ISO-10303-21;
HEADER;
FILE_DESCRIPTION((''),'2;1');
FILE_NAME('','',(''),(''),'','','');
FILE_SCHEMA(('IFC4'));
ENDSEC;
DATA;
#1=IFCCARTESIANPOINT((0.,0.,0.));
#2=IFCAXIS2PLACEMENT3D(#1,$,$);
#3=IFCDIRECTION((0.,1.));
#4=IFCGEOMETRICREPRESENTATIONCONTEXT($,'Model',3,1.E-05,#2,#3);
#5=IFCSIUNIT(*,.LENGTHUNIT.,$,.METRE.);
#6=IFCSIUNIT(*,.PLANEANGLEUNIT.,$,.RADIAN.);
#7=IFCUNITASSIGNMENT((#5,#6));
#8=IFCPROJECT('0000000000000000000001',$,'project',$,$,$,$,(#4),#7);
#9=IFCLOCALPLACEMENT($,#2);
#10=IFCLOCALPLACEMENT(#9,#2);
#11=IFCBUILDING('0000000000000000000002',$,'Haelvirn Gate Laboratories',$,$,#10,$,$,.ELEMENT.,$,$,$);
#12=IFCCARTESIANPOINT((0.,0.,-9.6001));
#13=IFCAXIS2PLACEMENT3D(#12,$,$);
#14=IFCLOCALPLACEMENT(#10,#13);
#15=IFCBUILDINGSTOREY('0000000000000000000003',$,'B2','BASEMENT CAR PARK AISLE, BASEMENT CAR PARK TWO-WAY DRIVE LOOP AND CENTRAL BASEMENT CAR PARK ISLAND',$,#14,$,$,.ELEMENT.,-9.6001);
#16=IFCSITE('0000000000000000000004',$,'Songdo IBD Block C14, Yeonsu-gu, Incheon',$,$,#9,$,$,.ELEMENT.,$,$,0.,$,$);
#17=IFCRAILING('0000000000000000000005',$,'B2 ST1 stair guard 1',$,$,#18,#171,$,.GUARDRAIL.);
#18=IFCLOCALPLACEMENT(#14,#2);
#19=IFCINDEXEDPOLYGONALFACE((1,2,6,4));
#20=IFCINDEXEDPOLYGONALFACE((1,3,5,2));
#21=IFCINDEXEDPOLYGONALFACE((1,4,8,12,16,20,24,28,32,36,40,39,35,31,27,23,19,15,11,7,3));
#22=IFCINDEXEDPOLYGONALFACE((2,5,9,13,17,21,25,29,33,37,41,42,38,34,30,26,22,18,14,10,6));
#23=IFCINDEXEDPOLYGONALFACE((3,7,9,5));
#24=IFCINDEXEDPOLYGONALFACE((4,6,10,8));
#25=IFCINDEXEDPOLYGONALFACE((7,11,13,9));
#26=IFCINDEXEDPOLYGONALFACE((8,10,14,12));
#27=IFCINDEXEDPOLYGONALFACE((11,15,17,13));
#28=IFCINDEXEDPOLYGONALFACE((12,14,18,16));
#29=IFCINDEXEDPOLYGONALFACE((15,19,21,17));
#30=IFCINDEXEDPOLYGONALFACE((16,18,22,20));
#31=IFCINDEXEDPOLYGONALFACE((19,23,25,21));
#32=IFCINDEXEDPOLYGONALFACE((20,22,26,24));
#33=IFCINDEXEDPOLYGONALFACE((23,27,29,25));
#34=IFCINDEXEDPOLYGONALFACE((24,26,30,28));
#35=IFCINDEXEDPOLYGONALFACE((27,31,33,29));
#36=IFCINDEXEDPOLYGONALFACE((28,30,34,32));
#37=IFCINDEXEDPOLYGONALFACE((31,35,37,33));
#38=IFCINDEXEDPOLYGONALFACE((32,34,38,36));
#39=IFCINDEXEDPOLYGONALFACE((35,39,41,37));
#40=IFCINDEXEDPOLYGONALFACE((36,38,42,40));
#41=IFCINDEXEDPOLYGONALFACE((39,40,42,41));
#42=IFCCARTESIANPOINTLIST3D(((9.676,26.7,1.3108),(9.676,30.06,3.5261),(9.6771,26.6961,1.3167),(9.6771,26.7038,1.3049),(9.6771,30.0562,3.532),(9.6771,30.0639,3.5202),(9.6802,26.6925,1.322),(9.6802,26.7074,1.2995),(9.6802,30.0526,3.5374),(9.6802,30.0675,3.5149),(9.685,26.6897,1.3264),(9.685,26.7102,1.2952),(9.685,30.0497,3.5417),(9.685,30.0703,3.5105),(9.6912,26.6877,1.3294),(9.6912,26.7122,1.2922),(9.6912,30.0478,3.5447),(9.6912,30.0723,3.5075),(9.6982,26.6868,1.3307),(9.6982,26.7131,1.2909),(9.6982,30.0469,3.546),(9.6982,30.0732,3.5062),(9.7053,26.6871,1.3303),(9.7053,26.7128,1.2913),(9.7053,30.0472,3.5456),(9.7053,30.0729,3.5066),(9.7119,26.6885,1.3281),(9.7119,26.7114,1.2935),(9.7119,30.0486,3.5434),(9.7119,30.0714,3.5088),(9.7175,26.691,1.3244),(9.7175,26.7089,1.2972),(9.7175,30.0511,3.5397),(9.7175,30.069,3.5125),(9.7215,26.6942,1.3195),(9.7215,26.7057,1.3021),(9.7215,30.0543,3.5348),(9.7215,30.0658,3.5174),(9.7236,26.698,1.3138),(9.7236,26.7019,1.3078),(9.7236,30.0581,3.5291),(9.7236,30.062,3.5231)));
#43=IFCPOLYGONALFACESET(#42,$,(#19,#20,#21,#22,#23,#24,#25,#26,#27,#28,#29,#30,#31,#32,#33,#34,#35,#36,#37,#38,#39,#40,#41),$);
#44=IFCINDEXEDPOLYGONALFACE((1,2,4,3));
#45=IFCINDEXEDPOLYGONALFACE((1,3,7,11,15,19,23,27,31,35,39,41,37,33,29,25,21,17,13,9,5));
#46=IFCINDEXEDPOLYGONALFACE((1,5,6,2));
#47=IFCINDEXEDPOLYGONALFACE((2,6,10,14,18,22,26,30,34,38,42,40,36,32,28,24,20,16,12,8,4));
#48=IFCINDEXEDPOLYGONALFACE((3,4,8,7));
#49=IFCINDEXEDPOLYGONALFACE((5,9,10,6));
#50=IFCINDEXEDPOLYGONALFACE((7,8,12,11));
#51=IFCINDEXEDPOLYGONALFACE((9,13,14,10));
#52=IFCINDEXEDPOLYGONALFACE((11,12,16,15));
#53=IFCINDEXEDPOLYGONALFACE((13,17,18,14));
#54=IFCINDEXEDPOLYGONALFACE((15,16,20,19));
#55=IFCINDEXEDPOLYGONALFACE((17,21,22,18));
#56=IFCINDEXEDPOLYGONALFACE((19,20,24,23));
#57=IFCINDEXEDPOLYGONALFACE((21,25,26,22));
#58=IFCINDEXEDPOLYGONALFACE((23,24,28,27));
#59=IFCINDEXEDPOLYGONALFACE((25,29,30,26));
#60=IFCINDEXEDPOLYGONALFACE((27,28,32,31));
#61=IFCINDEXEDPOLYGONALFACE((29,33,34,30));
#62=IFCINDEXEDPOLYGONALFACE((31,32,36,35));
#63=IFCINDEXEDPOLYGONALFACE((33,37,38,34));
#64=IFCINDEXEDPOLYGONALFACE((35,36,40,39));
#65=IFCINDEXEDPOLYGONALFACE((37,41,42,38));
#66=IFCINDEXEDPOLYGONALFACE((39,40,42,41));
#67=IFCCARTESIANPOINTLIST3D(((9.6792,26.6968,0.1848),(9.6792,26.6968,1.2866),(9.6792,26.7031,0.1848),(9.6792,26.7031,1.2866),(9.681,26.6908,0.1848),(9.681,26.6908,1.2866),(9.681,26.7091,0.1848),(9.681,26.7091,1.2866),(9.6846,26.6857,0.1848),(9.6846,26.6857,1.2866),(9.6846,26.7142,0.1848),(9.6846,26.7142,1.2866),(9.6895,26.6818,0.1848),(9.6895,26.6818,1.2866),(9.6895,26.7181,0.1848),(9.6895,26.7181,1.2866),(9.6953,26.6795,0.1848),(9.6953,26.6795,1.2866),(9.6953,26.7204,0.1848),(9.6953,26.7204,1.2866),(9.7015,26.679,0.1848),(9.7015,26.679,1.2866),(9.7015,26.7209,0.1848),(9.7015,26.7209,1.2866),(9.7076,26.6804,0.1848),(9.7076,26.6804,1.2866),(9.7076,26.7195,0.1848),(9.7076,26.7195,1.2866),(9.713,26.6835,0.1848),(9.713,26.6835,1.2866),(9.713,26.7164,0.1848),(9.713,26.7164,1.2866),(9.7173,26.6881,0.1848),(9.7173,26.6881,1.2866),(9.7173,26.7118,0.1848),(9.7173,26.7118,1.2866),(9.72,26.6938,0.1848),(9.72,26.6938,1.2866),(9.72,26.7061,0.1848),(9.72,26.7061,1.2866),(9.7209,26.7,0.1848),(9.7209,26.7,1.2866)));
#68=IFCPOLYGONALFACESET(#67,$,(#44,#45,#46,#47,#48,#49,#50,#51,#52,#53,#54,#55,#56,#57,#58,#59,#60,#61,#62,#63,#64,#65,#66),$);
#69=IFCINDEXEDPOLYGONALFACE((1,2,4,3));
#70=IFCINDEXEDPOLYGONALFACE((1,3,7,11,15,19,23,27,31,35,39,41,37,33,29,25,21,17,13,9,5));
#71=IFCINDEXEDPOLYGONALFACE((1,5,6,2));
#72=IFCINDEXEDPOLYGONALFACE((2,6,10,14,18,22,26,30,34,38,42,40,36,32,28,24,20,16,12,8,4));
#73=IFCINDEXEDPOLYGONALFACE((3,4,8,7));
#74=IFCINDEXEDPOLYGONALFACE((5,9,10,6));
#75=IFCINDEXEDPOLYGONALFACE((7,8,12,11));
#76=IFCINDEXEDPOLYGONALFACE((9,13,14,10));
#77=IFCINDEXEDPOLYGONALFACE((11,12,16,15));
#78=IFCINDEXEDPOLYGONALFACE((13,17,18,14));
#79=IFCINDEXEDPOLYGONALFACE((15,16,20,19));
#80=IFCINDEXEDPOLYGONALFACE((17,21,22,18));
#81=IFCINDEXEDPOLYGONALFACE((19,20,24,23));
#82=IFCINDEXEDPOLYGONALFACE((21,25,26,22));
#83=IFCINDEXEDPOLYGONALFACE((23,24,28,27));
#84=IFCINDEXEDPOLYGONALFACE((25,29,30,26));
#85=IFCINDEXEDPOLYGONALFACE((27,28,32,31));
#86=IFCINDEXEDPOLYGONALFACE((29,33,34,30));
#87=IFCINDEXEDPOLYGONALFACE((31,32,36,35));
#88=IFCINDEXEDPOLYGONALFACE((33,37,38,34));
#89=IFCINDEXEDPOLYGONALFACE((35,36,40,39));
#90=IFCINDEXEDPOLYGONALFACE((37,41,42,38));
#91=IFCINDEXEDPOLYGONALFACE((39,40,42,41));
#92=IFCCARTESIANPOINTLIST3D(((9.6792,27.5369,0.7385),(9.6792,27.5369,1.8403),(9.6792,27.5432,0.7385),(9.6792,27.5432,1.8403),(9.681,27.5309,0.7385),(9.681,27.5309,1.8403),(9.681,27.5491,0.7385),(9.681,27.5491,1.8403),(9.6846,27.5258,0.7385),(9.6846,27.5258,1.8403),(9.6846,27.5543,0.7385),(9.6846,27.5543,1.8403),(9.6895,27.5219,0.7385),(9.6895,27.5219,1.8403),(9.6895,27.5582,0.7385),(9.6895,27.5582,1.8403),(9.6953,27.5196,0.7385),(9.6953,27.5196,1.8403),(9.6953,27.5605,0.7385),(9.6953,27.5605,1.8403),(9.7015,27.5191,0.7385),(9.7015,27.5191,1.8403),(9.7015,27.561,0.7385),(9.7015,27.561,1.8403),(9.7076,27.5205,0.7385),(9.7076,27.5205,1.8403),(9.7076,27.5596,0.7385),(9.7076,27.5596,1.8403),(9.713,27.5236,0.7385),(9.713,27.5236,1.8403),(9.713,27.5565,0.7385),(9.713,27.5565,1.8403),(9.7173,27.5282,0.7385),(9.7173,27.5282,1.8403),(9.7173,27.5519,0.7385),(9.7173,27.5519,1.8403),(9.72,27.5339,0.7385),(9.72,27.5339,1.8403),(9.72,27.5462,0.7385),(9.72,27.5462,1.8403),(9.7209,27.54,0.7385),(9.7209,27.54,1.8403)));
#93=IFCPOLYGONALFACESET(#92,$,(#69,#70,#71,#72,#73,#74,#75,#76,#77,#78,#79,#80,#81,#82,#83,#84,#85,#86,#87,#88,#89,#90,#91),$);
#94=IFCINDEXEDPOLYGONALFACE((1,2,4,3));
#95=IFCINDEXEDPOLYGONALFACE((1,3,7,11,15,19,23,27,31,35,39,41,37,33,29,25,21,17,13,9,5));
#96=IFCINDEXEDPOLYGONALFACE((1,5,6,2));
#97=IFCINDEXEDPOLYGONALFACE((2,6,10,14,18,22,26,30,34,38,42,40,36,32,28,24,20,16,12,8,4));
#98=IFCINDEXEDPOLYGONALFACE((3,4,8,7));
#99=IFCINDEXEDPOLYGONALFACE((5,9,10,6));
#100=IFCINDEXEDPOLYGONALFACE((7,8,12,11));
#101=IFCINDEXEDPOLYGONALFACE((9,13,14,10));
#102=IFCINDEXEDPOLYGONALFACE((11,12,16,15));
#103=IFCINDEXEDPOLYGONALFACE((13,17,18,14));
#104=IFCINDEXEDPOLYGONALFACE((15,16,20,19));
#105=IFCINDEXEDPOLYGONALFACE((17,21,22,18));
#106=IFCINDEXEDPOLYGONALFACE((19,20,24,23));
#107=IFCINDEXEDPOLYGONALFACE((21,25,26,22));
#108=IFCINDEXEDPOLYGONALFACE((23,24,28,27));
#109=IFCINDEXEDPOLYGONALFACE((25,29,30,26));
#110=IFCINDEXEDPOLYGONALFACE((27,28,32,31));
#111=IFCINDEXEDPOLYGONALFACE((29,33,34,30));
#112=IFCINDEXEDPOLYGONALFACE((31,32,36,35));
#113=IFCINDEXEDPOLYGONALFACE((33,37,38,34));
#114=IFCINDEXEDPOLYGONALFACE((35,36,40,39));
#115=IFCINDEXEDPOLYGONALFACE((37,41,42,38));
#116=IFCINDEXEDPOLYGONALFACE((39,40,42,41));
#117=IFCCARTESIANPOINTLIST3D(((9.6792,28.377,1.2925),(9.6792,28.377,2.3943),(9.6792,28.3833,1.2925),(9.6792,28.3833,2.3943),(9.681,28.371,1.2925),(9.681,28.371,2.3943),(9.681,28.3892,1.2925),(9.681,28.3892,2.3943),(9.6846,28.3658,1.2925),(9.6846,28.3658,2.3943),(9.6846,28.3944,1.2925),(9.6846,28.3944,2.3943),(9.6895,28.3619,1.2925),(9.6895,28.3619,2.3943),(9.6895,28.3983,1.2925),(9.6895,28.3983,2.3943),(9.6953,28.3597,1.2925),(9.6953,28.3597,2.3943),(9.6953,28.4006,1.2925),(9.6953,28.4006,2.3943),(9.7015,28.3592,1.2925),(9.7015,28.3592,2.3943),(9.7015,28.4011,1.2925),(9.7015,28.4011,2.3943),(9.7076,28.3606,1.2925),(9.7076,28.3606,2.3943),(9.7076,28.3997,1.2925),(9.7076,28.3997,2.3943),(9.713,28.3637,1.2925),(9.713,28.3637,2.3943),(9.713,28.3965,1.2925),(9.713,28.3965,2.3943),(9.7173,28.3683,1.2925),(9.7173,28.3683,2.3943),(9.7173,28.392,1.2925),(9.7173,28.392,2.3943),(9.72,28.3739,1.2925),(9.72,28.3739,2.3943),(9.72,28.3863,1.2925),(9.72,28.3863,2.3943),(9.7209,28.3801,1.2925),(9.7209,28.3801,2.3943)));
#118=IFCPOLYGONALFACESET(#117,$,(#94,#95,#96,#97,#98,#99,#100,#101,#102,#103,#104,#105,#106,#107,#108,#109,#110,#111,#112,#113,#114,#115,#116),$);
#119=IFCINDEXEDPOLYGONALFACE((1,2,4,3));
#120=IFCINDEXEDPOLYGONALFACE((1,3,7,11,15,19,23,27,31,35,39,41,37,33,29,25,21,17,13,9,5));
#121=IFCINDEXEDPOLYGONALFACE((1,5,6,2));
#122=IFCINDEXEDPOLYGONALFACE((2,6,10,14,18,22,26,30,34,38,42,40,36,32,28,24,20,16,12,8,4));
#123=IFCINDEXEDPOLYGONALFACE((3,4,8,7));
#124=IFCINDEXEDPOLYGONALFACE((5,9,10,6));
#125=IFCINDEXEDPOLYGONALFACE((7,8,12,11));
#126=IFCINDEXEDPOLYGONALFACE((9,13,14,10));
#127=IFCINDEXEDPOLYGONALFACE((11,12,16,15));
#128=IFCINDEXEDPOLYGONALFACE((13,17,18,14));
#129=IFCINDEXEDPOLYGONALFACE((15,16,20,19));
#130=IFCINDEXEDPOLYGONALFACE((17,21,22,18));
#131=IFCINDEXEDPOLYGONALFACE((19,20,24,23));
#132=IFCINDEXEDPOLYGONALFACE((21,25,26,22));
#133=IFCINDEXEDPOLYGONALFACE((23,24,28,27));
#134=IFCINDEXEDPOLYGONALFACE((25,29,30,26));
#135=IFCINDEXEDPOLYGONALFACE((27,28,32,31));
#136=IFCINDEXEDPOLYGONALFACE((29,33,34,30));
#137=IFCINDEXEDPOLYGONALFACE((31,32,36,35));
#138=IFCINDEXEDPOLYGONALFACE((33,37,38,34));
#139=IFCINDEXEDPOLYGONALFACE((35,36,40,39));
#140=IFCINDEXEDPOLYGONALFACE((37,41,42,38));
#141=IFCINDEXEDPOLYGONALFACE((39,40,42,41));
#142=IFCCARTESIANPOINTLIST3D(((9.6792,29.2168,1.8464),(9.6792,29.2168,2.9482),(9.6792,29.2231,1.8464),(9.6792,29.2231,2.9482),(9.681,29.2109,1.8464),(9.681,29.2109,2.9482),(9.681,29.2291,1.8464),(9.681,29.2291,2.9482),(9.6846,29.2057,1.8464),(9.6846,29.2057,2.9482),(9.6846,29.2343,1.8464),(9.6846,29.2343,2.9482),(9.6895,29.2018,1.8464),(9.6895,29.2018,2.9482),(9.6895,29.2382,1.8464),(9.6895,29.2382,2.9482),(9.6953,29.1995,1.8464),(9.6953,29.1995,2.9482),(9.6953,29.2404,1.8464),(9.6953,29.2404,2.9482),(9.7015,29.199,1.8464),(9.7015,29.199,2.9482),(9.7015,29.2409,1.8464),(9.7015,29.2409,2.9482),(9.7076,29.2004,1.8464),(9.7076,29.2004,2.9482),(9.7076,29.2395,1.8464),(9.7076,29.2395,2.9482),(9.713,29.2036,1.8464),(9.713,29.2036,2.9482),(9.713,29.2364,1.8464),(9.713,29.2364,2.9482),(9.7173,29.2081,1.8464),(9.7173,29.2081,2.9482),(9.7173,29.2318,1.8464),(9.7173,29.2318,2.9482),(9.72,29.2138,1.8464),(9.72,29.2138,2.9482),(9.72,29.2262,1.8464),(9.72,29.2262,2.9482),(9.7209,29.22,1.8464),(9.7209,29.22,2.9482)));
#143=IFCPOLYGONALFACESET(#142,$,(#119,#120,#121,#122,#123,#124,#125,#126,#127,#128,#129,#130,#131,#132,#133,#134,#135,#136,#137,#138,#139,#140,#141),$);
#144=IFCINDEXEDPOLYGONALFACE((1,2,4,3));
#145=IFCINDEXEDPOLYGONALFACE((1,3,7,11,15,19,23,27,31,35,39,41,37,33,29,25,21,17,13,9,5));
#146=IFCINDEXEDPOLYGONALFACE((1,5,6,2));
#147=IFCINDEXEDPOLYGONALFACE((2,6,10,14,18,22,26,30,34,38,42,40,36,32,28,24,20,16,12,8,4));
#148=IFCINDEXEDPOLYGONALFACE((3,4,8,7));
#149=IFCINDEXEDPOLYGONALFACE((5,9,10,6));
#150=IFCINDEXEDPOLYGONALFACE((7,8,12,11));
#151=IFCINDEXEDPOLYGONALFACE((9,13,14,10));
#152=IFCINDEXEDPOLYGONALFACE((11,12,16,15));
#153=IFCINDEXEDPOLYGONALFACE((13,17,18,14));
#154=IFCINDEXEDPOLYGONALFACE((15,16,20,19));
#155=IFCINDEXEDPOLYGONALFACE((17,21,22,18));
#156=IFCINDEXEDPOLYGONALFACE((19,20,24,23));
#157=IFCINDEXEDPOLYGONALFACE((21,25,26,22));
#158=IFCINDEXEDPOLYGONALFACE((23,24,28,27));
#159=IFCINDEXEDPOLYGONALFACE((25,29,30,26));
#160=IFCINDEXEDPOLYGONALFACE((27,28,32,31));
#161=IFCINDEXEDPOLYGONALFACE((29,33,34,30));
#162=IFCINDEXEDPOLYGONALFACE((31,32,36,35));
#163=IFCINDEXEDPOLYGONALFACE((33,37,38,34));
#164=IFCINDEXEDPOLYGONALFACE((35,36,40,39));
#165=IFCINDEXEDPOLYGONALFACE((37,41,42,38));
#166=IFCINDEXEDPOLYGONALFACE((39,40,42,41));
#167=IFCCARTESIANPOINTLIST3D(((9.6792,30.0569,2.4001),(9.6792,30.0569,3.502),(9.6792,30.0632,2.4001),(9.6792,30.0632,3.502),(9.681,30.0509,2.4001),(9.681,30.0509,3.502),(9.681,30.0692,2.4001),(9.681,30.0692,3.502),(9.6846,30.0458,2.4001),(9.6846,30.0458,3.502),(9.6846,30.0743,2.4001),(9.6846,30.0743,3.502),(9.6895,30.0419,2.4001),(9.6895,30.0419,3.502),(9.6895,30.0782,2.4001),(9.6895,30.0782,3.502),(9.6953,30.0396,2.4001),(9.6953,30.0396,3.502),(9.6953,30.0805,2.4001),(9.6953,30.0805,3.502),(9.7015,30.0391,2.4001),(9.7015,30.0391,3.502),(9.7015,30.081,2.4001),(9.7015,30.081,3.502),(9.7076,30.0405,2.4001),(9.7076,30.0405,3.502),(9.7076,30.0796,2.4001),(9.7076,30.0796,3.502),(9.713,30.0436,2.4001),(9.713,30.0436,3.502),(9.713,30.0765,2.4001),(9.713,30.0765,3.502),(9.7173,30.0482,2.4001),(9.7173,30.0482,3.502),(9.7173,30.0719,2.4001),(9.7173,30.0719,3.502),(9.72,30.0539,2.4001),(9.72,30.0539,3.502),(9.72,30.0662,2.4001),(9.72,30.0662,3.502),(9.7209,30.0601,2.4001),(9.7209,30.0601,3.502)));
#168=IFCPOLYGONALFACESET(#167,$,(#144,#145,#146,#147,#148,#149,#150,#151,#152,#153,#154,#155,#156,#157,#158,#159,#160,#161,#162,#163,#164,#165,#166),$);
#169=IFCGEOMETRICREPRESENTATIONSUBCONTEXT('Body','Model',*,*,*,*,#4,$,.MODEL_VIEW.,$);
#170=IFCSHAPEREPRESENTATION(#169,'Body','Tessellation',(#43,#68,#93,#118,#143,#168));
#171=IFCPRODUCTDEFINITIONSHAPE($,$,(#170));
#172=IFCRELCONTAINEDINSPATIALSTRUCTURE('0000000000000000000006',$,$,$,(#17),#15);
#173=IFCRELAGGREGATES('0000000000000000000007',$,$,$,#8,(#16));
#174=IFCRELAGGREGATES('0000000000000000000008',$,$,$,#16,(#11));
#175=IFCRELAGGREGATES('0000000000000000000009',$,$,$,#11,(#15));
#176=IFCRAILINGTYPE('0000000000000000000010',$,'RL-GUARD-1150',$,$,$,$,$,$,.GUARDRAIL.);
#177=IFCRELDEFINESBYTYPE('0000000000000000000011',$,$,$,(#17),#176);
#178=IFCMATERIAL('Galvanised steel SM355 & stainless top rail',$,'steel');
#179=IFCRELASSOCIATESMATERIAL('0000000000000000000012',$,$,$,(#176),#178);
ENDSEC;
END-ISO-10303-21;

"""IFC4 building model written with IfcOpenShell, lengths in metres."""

from ifc_helpers import new_model, si_unit, direction, frame, origin, origin_2d, place, context, subcontext, project, spatial, circle, extrude, source, transform, mapped, material, type_object, element, save


model = new_model("IFC4")

# Units and contexts
model_context = context("Model", 3, precision=1e-05, world=origin(), true_north=direction((0.0, 1.0)))
body_context = subcontext(model_context, "Body", "Model", "MODEL_VIEW")
ifc_project = project(units=[si_unit("LENGTHUNIT", "METRE"), si_unit("PLANEANGLEUNIT", "RADIAN")], contexts=[model_context])

# Site, building, storey
site_placement = place(None, origin())
site = spatial("IfcSite", under=ifc_project, at=site_placement, Name="Songdo IBD Block C14, Yeonsu-gu, Incheon", CompositionType="ELEMENT", RefElevation=0.0)
building_placement = place(site_placement, origin())
building = spatial("IfcBuilding", under=site, at=building_placement, Name="Haelvirn Gate Laboratories", CompositionType="ELEMENT")
storey_placement = place(building_placement, frame((0.0, 0.0, -9.6001)))
storey = spatial("IfcBuildingStorey", under=building, at=storey_placement, Name="B2", Description="BASEMENT CAR PARK AISLE, BASEMENT CAR PARK TWO-WAY DRIVE LOOP AND CENTRAL BASEMENT CAR PARK ISLAND", CompositionType="ELEMENT", Elevation=-9.6001)

# Railing
ifc_material_1 = material(Name="Galvanised steel SM355 & stainless top rail", Category="steel")
railing_type_1 = type_object("IfcRailingType", Name="RL-GUARD-1150", PredefinedType="GUARDRAIL", material=ifc_material_1)
shared_shape_1 = source(origin(), body_context, "Body", "SweptSolid", [
    extrude(circle(Radius=0.0239, at=origin_2d()), frame((0.0, 0.0, 1.126), z_axis=(0.0, 0.834876, 0.550437), x_axis=(-1.0, 0.0, 0.0)), (0.0, 0.0, 1.0), 4.0247),
    extrude(circle(Radius=0.021, at=origin_2d()), origin(), (0.0, 0.0, 1.0), 1.1018),
    extrude(circle(Radius=0.021, at=origin_2d()), frame((0.0, 0.8401, 0.5537)), (0.0, 0.0, 1.0), 1.1018),
    extrude(circle(Radius=0.021, at=origin_2d()), frame((0.0, 1.6802, 1.1077)), (0.0, 0.0, 1.0), 1.1018),
    extrude(circle(Radius=0.021, at=origin_2d()), frame((0.0, 2.52, 1.6616)), (0.0, 0.0, 1.0), 1.1018),
    extrude(circle(Radius=0.021, at=origin_2d()), frame((0.0, 3.3601, 2.2153)), (0.0, 0.0, 1.0), 1.1018),
])
railing_1_placement = place(storey_placement, frame((9.7, 26.7, 0.1848)))
element("IfcRailing", 1, at=railing_1_placement, inside=storey, type_object=railing_type_1, Name="B2 ST1 stair guard 1", PredefinedType="GUARDRAIL", context=body_context, shape_type="MappedRepresentation", body=[
    mapped(shared_shape_1, transform((0.0, 0.0, 0.0), scale=1.0)),
])

save(model, "model.ifc")
